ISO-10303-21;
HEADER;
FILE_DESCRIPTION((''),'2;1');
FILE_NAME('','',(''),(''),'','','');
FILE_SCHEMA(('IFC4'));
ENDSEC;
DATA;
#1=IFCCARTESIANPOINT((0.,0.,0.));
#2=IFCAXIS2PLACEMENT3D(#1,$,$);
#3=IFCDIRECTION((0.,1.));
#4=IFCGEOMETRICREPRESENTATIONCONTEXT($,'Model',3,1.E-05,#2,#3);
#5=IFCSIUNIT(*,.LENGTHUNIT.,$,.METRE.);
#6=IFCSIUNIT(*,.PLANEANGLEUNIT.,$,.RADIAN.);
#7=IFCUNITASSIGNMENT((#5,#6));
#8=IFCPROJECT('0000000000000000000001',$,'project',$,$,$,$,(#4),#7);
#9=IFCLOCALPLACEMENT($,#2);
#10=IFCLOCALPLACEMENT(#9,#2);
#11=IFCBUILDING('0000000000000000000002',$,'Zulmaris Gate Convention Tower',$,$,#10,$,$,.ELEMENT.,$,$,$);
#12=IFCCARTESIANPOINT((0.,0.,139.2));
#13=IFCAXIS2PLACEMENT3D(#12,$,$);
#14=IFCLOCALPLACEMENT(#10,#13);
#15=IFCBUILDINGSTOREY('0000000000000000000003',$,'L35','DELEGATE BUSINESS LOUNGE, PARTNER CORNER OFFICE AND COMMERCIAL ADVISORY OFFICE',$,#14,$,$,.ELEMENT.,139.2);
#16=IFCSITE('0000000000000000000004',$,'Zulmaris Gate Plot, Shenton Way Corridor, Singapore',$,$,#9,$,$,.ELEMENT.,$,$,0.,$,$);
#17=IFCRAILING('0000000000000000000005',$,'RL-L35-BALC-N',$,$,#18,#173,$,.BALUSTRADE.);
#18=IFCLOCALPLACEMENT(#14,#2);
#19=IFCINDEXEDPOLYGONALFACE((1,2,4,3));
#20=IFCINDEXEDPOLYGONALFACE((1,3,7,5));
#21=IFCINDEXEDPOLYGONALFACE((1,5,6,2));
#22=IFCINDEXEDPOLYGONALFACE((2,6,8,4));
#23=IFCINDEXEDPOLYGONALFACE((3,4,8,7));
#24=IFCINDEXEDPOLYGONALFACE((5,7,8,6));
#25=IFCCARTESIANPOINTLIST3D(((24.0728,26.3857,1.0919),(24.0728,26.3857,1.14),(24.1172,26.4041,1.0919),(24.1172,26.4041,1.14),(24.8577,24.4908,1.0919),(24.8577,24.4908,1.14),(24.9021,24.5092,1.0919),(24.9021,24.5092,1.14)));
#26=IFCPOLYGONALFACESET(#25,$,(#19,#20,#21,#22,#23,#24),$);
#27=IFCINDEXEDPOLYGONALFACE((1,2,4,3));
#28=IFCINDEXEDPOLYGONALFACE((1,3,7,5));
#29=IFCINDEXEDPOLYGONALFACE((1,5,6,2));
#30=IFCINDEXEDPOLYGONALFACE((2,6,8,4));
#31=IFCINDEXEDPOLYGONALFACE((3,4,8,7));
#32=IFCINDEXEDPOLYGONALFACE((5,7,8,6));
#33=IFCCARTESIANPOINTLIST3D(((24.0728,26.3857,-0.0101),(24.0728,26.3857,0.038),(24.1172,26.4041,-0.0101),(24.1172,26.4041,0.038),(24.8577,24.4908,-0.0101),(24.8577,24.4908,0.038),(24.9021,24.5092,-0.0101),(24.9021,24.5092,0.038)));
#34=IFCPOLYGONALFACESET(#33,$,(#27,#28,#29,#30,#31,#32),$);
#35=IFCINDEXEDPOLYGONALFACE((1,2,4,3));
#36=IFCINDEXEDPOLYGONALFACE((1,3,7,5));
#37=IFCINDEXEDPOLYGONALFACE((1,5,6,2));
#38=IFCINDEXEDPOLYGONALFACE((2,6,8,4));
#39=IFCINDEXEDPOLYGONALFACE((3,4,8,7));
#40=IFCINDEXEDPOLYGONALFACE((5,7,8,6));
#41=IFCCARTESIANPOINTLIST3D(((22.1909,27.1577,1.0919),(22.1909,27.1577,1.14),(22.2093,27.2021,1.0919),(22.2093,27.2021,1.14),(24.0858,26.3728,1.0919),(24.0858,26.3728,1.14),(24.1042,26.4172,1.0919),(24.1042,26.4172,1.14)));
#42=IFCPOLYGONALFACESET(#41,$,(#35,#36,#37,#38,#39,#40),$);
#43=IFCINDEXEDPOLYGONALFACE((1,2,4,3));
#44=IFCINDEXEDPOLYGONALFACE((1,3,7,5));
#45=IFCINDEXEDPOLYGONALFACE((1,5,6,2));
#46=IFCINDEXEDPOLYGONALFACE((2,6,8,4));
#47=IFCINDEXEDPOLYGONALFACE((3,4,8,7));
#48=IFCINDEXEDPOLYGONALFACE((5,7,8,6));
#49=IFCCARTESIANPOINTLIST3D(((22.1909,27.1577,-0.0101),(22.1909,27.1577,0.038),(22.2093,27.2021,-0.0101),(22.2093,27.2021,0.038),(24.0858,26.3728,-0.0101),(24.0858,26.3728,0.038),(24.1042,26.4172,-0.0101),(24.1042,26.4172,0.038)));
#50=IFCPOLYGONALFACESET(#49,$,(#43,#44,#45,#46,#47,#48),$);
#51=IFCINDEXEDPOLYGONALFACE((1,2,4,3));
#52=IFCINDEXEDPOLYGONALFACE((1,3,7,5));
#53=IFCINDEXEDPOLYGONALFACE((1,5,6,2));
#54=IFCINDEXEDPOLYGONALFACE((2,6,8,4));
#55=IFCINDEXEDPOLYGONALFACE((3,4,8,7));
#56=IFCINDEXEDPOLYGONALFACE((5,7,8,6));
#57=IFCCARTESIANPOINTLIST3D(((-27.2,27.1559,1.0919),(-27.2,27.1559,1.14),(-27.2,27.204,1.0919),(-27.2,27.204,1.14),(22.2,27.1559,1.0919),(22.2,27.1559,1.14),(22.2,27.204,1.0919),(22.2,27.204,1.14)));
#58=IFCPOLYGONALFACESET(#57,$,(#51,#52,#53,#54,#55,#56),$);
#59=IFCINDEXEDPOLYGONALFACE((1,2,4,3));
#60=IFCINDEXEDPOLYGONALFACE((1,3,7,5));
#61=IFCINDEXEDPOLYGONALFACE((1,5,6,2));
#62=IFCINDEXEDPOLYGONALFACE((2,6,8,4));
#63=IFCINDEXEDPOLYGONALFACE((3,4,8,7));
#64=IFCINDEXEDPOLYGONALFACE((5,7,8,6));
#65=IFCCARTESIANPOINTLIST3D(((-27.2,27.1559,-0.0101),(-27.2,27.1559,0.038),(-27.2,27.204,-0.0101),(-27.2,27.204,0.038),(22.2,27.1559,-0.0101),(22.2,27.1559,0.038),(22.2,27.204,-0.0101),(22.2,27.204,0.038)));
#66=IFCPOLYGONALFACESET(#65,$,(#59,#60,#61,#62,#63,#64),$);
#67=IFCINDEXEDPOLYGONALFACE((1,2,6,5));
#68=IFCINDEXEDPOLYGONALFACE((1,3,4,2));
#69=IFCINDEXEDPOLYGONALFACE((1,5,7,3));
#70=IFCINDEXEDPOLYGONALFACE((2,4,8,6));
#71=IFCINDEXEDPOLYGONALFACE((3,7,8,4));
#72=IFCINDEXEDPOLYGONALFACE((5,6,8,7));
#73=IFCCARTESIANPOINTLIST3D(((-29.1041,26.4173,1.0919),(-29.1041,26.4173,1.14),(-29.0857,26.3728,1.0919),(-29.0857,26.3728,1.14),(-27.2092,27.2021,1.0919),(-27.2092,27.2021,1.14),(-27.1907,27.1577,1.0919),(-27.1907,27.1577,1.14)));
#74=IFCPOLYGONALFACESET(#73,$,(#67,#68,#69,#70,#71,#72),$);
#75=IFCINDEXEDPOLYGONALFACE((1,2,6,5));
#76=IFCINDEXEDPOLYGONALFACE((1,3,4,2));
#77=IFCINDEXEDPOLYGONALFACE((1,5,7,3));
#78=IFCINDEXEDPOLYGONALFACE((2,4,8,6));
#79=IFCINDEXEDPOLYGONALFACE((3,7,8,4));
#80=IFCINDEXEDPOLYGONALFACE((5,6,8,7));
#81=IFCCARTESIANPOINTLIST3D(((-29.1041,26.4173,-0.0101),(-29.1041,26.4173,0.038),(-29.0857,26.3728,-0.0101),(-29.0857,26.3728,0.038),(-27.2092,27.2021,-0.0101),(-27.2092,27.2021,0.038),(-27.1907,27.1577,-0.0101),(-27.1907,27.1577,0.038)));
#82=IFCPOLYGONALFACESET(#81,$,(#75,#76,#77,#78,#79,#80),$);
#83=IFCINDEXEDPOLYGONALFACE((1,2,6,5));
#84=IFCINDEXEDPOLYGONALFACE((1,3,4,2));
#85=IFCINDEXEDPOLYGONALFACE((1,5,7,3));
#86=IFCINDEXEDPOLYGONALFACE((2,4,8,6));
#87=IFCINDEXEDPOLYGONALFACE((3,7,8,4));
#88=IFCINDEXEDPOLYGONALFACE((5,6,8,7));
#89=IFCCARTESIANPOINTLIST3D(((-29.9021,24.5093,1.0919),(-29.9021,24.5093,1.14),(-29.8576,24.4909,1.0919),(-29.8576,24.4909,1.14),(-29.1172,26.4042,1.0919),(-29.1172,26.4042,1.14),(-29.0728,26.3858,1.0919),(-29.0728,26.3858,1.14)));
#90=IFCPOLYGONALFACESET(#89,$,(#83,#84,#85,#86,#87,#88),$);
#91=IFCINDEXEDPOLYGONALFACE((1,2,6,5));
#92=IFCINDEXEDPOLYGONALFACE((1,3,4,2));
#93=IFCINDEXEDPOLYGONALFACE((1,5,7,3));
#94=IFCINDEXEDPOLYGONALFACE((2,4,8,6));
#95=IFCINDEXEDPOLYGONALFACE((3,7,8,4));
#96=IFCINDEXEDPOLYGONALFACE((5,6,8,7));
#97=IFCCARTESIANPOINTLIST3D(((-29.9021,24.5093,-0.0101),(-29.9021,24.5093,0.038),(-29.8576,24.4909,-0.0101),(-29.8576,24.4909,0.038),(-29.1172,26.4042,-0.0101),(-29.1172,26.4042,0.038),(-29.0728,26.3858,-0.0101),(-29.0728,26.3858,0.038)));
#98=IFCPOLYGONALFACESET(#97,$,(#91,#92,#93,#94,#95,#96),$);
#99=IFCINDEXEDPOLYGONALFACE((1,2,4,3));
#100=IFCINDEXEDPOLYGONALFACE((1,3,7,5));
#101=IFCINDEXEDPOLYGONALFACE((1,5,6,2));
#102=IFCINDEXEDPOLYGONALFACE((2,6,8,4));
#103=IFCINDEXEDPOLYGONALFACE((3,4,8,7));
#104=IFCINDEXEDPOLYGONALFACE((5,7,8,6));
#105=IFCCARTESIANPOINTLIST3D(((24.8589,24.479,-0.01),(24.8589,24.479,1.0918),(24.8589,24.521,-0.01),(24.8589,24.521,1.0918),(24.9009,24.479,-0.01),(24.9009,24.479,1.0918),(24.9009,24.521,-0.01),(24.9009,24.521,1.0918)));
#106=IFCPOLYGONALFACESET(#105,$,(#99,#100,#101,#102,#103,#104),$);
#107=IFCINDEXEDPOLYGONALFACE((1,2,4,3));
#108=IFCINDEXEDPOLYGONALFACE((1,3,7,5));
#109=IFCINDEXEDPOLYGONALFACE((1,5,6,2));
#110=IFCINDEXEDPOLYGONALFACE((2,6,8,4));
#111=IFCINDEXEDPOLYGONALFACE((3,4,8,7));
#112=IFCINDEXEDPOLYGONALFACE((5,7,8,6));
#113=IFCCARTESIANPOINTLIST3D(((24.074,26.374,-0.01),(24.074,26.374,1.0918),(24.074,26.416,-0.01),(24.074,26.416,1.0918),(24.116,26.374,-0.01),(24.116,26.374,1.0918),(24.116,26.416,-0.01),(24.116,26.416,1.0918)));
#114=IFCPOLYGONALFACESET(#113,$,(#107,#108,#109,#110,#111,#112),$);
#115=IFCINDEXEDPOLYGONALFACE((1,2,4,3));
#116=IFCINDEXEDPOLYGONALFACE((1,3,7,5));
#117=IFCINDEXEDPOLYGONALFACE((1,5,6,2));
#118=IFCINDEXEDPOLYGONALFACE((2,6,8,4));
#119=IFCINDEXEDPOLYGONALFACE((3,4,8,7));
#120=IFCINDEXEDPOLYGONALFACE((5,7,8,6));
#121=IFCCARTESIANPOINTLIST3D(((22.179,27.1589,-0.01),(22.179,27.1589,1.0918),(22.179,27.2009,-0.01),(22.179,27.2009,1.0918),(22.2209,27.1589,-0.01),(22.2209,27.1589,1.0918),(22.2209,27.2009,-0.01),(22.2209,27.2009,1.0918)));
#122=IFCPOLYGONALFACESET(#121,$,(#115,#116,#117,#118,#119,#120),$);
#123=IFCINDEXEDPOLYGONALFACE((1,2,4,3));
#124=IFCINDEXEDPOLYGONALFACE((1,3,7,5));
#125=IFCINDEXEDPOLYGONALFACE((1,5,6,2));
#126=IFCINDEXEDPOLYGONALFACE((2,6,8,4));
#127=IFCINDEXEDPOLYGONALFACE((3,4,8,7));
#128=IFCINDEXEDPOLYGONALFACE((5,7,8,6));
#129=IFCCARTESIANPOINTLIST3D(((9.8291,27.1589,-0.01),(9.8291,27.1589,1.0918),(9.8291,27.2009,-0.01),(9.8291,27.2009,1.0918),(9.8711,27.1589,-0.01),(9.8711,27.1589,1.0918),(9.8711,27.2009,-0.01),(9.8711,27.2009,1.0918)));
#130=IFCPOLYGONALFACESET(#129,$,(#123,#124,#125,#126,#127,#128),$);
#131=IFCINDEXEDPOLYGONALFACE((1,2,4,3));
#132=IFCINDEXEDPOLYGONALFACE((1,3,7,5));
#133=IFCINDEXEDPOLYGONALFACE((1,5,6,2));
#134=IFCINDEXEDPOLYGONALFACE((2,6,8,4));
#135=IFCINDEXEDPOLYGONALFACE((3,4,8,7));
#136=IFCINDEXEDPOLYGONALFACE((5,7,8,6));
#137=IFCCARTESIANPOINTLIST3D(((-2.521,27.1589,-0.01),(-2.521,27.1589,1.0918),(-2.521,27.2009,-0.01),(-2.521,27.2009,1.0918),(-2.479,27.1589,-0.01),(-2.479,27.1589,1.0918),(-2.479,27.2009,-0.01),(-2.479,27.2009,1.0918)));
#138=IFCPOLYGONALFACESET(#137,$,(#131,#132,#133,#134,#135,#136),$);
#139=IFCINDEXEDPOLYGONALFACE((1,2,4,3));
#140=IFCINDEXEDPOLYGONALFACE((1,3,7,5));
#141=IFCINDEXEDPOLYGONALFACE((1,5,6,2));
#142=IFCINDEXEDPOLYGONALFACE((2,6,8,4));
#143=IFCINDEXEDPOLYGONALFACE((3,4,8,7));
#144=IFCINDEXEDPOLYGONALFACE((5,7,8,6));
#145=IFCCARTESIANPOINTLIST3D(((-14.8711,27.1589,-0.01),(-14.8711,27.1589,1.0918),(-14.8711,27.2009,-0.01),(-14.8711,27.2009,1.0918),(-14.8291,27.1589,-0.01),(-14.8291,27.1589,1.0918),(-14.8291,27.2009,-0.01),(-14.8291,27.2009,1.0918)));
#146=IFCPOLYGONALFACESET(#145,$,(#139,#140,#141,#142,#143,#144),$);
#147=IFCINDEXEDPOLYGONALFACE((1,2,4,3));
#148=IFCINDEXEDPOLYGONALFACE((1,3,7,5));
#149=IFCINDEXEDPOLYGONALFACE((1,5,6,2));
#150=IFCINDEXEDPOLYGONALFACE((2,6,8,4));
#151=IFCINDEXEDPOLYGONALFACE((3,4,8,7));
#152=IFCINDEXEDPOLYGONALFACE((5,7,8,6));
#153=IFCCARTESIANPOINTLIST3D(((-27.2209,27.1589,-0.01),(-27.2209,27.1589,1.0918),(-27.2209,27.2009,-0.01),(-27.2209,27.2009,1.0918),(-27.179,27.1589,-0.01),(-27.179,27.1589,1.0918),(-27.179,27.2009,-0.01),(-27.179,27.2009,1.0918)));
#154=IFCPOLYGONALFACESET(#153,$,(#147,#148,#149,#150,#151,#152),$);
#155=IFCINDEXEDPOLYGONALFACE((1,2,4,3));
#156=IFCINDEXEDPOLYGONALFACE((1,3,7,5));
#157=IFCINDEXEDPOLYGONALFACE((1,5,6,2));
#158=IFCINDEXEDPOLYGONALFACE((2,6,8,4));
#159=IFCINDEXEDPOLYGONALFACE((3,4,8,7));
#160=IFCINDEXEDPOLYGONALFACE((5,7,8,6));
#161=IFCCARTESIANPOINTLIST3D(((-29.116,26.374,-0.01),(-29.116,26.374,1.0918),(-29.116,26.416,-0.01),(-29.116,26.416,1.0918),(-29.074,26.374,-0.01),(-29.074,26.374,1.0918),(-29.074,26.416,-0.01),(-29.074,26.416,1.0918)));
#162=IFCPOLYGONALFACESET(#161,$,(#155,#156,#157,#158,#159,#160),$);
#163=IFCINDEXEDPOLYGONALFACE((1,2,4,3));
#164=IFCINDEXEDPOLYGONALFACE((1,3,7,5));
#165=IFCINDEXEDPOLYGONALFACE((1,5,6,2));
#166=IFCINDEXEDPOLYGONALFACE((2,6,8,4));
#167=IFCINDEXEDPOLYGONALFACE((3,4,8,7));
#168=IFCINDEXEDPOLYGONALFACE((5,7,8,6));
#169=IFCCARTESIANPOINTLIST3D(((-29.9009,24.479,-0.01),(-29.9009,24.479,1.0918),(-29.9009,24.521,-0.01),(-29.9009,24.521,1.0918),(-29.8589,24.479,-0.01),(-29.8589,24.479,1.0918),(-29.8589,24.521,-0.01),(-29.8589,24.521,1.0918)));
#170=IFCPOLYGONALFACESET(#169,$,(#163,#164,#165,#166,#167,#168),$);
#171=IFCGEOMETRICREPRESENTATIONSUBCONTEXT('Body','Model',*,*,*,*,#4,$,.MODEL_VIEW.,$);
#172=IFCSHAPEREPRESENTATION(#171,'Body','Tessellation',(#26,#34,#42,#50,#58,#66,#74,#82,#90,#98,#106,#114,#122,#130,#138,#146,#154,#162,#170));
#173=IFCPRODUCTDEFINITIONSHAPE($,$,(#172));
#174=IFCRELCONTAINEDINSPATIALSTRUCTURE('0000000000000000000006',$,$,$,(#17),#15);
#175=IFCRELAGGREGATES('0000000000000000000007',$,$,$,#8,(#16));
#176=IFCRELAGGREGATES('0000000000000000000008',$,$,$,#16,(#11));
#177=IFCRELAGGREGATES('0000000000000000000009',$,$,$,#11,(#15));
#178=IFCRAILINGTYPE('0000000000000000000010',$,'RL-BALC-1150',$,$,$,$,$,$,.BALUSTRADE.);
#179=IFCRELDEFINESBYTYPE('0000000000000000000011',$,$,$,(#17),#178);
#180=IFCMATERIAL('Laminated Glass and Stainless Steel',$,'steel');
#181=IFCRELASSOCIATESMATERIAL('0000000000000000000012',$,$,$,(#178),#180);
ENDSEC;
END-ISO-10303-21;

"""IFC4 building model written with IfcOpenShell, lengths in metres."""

from ifc_helpers import new_model, si_unit, direction, frame, origin, origin_2d, place, context, subcontext, project, spatial, rectangle, extrude, material, type_object, element, save


model = new_model("IFC4")

# Units and contexts
model_context = context("Model", 3, precision=1e-05, world=origin(), true_north=direction((0.0, 1.0)))
body_context = subcontext(model_context, "Body", "Model", "MODEL_VIEW")
ifc_project = project(units=[si_unit("LENGTHUNIT", "METRE"), si_unit("PLANEANGLEUNIT", "RADIAN")], contexts=[model_context])

# Site, building, storey
site_placement = place(None, origin())
site = spatial("IfcSite", under=ifc_project, at=site_placement, Name="Zulmaris Gate Plot, Shenton Way Corridor, Singapore", CompositionType="ELEMENT", RefElevation=0.0)
building_placement = place(site_placement, origin())
building = spatial("IfcBuilding", under=site, at=building_placement, Name="Zulmaris Gate Convention Tower", CompositionType="ELEMENT")
storey_placement = place(building_placement, frame((0.0, 0.0, 139.2)))
storey = spatial("IfcBuildingStorey", under=building, at=storey_placement, Name="L35", Description="DELEGATE BUSINESS LOUNGE, PARTNER CORNER OFFICE AND COMMERCIAL ADVISORY OFFICE", CompositionType="ELEMENT", Elevation=139.2)

# Railing
ifc_material_1 = material(Name="Laminated Glass and Stainless Steel", Category="steel")
railing_type = type_object("IfcRailingType", Name="RL-BALC-1150", PredefinedType="BALUSTRADE", material=ifc_material_1)
railing_placement = place(storey_placement, frame((24.8799, 24.5, -0.01)))
element("IfcRailing", 1, at=railing_placement, inside=storey, type_object=railing_type, Name="RL-L35-BALC-N", PredefinedType="BALUSTRADE", context=body_context, shape_type="SweptSolid", body=[
    extrude(rectangle(XDim=0.0481, YDim=0.0481, at=origin_2d()), frame((0.0, 0.0, 1.126), z_axis=(-0.382671, 0.923885, 0.0), x_axis=(-0.923885, -0.382671, 0.0)), (0.0, 0.0, 1.0), 2.051),
    extrude(rectangle(XDim=0.0481, YDim=0.0481, at=origin_2d()), frame((0.0, 0.0, 0.0239), z_axis=(-0.382671, 0.923885, 0.0), x_axis=(-0.923885, -0.382671, 0.0)), (0.0, 0.0, 1.0), 2.051),
    extrude(rectangle(XDim=0.0481, YDim=0.0481, at=origin_2d()), frame((-0.7849, 1.895, 1.126), z_axis=(-0.923885, 0.382671, 0.0), x_axis=(-0.382671, -0.923885, 0.0)), (0.0, 0.0, 1.0), 2.051),
    extrude(rectangle(XDim=0.0481, YDim=0.0481, at=origin_2d()), frame((-0.7849, 1.895, 0.0239), z_axis=(-0.923885, 0.382671, 0.0), x_axis=(-0.382671, -0.923885, 0.0)), (0.0, 0.0, 1.0), 2.051),
    extrude(rectangle(XDim=0.0481, YDim=0.0481, at=origin_2d()), frame((-2.6799, 2.6799, 1.126), z_axis=(-1.0, 0.0, 0.0), x_axis=(0.0, -1.0, 0.0)), (0.0, 0.0, 1.0), 49.3999),
    extrude(rectangle(XDim=0.0481, YDim=0.0481, at=origin_2d()), frame((-2.6799, 2.6799, 0.0239), z_axis=(-1.0, 0.0, 0.0), x_axis=(0.0, -1.0, 0.0)), (0.0, 0.0, 1.0), 49.3999),
    extrude(rectangle(XDim=0.0481, YDim=0.0481, at=origin_2d()), frame((-52.0798, 2.6799, 1.126), z_axis=(-0.923885, -0.382671, 0.0), x_axis=(0.382671, -0.923885, 0.0)), (0.0, 0.0, 1.0), 2.051),
    extrude(rectangle(XDim=0.0481, YDim=0.0481, at=origin_2d()), frame((-52.0798, 2.6799, 0.0239), z_axis=(-0.923885, -0.382671, 0.0), x_axis=(0.382671, -0.923885, 0.0)), (0.0, 0.0, 1.0), 2.051),
    extrude(rectangle(XDim=0.0481, YDim=0.0481, at=origin_2d()), frame((-53.9749, 1.895, 1.126), z_axis=(-0.382671, -0.923885, 0.0), x_axis=(0.923885, -0.382671, 0.0)), (0.0, 0.0, 1.0), 2.051),
    extrude(rectangle(XDim=0.0481, YDim=0.0481, at=origin_2d()), frame((-53.9749, 1.895, 0.0239), z_axis=(-0.382671, -0.923885, 0.0), x_axis=(0.923885, -0.382671, 0.0)), (0.0, 0.0, 1.0), 2.051),
    extrude(rectangle(XDim=0.042, YDim=0.042, at=origin_2d()), origin(), (0.0, 0.0, 1.0), 1.1018),
    extrude(rectangle(XDim=0.042, YDim=0.042, at=origin_2d()), frame((-0.7849, 1.895, 0.0)), (0.0, 0.0, 1.0), 1.1018),
    extrude(rectangle(XDim=0.042, YDim=0.042, at=origin_2d()), frame((-2.6799, 2.6799, 0.0)), (0.0, 0.0, 1.0), 1.1018),
    extrude(rectangle(XDim=0.042, YDim=0.042, at=origin_2d()), frame((-15.0298, 2.6799, 0.0)), (0.0, 0.0, 1.0), 1.1018),
    extrude(rectangle(XDim=0.042, YDim=0.042, at=origin_2d()), frame((-27.3799, 2.6799, 0.0)), (0.0, 0.0, 1.0), 1.1018),
    extrude(rectangle(XDim=0.042, YDim=0.042, at=origin_2d()), frame((-39.73, 2.6799, 0.0)), (0.0, 0.0, 1.0), 1.1018),
    extrude(rectangle(XDim=0.042, YDim=0.042, at=origin_2d()), frame((-52.0798, 2.6799, 0.0)), (0.0, 0.0, 1.0), 1.1018),
    extrude(rectangle(XDim=0.042, YDim=0.042, at=origin_2d()), frame((-53.9749, 1.895, 0.0)), (0.0, 0.0, 1.0), 1.1018),
    extrude(rectangle(XDim=0.042, YDim=0.042, at=origin_2d()), frame((-54.7598, 0.0, 0.0)), (0.0, 0.0, 1.0), 1.1018),
])

save(model, "model.ifc")
